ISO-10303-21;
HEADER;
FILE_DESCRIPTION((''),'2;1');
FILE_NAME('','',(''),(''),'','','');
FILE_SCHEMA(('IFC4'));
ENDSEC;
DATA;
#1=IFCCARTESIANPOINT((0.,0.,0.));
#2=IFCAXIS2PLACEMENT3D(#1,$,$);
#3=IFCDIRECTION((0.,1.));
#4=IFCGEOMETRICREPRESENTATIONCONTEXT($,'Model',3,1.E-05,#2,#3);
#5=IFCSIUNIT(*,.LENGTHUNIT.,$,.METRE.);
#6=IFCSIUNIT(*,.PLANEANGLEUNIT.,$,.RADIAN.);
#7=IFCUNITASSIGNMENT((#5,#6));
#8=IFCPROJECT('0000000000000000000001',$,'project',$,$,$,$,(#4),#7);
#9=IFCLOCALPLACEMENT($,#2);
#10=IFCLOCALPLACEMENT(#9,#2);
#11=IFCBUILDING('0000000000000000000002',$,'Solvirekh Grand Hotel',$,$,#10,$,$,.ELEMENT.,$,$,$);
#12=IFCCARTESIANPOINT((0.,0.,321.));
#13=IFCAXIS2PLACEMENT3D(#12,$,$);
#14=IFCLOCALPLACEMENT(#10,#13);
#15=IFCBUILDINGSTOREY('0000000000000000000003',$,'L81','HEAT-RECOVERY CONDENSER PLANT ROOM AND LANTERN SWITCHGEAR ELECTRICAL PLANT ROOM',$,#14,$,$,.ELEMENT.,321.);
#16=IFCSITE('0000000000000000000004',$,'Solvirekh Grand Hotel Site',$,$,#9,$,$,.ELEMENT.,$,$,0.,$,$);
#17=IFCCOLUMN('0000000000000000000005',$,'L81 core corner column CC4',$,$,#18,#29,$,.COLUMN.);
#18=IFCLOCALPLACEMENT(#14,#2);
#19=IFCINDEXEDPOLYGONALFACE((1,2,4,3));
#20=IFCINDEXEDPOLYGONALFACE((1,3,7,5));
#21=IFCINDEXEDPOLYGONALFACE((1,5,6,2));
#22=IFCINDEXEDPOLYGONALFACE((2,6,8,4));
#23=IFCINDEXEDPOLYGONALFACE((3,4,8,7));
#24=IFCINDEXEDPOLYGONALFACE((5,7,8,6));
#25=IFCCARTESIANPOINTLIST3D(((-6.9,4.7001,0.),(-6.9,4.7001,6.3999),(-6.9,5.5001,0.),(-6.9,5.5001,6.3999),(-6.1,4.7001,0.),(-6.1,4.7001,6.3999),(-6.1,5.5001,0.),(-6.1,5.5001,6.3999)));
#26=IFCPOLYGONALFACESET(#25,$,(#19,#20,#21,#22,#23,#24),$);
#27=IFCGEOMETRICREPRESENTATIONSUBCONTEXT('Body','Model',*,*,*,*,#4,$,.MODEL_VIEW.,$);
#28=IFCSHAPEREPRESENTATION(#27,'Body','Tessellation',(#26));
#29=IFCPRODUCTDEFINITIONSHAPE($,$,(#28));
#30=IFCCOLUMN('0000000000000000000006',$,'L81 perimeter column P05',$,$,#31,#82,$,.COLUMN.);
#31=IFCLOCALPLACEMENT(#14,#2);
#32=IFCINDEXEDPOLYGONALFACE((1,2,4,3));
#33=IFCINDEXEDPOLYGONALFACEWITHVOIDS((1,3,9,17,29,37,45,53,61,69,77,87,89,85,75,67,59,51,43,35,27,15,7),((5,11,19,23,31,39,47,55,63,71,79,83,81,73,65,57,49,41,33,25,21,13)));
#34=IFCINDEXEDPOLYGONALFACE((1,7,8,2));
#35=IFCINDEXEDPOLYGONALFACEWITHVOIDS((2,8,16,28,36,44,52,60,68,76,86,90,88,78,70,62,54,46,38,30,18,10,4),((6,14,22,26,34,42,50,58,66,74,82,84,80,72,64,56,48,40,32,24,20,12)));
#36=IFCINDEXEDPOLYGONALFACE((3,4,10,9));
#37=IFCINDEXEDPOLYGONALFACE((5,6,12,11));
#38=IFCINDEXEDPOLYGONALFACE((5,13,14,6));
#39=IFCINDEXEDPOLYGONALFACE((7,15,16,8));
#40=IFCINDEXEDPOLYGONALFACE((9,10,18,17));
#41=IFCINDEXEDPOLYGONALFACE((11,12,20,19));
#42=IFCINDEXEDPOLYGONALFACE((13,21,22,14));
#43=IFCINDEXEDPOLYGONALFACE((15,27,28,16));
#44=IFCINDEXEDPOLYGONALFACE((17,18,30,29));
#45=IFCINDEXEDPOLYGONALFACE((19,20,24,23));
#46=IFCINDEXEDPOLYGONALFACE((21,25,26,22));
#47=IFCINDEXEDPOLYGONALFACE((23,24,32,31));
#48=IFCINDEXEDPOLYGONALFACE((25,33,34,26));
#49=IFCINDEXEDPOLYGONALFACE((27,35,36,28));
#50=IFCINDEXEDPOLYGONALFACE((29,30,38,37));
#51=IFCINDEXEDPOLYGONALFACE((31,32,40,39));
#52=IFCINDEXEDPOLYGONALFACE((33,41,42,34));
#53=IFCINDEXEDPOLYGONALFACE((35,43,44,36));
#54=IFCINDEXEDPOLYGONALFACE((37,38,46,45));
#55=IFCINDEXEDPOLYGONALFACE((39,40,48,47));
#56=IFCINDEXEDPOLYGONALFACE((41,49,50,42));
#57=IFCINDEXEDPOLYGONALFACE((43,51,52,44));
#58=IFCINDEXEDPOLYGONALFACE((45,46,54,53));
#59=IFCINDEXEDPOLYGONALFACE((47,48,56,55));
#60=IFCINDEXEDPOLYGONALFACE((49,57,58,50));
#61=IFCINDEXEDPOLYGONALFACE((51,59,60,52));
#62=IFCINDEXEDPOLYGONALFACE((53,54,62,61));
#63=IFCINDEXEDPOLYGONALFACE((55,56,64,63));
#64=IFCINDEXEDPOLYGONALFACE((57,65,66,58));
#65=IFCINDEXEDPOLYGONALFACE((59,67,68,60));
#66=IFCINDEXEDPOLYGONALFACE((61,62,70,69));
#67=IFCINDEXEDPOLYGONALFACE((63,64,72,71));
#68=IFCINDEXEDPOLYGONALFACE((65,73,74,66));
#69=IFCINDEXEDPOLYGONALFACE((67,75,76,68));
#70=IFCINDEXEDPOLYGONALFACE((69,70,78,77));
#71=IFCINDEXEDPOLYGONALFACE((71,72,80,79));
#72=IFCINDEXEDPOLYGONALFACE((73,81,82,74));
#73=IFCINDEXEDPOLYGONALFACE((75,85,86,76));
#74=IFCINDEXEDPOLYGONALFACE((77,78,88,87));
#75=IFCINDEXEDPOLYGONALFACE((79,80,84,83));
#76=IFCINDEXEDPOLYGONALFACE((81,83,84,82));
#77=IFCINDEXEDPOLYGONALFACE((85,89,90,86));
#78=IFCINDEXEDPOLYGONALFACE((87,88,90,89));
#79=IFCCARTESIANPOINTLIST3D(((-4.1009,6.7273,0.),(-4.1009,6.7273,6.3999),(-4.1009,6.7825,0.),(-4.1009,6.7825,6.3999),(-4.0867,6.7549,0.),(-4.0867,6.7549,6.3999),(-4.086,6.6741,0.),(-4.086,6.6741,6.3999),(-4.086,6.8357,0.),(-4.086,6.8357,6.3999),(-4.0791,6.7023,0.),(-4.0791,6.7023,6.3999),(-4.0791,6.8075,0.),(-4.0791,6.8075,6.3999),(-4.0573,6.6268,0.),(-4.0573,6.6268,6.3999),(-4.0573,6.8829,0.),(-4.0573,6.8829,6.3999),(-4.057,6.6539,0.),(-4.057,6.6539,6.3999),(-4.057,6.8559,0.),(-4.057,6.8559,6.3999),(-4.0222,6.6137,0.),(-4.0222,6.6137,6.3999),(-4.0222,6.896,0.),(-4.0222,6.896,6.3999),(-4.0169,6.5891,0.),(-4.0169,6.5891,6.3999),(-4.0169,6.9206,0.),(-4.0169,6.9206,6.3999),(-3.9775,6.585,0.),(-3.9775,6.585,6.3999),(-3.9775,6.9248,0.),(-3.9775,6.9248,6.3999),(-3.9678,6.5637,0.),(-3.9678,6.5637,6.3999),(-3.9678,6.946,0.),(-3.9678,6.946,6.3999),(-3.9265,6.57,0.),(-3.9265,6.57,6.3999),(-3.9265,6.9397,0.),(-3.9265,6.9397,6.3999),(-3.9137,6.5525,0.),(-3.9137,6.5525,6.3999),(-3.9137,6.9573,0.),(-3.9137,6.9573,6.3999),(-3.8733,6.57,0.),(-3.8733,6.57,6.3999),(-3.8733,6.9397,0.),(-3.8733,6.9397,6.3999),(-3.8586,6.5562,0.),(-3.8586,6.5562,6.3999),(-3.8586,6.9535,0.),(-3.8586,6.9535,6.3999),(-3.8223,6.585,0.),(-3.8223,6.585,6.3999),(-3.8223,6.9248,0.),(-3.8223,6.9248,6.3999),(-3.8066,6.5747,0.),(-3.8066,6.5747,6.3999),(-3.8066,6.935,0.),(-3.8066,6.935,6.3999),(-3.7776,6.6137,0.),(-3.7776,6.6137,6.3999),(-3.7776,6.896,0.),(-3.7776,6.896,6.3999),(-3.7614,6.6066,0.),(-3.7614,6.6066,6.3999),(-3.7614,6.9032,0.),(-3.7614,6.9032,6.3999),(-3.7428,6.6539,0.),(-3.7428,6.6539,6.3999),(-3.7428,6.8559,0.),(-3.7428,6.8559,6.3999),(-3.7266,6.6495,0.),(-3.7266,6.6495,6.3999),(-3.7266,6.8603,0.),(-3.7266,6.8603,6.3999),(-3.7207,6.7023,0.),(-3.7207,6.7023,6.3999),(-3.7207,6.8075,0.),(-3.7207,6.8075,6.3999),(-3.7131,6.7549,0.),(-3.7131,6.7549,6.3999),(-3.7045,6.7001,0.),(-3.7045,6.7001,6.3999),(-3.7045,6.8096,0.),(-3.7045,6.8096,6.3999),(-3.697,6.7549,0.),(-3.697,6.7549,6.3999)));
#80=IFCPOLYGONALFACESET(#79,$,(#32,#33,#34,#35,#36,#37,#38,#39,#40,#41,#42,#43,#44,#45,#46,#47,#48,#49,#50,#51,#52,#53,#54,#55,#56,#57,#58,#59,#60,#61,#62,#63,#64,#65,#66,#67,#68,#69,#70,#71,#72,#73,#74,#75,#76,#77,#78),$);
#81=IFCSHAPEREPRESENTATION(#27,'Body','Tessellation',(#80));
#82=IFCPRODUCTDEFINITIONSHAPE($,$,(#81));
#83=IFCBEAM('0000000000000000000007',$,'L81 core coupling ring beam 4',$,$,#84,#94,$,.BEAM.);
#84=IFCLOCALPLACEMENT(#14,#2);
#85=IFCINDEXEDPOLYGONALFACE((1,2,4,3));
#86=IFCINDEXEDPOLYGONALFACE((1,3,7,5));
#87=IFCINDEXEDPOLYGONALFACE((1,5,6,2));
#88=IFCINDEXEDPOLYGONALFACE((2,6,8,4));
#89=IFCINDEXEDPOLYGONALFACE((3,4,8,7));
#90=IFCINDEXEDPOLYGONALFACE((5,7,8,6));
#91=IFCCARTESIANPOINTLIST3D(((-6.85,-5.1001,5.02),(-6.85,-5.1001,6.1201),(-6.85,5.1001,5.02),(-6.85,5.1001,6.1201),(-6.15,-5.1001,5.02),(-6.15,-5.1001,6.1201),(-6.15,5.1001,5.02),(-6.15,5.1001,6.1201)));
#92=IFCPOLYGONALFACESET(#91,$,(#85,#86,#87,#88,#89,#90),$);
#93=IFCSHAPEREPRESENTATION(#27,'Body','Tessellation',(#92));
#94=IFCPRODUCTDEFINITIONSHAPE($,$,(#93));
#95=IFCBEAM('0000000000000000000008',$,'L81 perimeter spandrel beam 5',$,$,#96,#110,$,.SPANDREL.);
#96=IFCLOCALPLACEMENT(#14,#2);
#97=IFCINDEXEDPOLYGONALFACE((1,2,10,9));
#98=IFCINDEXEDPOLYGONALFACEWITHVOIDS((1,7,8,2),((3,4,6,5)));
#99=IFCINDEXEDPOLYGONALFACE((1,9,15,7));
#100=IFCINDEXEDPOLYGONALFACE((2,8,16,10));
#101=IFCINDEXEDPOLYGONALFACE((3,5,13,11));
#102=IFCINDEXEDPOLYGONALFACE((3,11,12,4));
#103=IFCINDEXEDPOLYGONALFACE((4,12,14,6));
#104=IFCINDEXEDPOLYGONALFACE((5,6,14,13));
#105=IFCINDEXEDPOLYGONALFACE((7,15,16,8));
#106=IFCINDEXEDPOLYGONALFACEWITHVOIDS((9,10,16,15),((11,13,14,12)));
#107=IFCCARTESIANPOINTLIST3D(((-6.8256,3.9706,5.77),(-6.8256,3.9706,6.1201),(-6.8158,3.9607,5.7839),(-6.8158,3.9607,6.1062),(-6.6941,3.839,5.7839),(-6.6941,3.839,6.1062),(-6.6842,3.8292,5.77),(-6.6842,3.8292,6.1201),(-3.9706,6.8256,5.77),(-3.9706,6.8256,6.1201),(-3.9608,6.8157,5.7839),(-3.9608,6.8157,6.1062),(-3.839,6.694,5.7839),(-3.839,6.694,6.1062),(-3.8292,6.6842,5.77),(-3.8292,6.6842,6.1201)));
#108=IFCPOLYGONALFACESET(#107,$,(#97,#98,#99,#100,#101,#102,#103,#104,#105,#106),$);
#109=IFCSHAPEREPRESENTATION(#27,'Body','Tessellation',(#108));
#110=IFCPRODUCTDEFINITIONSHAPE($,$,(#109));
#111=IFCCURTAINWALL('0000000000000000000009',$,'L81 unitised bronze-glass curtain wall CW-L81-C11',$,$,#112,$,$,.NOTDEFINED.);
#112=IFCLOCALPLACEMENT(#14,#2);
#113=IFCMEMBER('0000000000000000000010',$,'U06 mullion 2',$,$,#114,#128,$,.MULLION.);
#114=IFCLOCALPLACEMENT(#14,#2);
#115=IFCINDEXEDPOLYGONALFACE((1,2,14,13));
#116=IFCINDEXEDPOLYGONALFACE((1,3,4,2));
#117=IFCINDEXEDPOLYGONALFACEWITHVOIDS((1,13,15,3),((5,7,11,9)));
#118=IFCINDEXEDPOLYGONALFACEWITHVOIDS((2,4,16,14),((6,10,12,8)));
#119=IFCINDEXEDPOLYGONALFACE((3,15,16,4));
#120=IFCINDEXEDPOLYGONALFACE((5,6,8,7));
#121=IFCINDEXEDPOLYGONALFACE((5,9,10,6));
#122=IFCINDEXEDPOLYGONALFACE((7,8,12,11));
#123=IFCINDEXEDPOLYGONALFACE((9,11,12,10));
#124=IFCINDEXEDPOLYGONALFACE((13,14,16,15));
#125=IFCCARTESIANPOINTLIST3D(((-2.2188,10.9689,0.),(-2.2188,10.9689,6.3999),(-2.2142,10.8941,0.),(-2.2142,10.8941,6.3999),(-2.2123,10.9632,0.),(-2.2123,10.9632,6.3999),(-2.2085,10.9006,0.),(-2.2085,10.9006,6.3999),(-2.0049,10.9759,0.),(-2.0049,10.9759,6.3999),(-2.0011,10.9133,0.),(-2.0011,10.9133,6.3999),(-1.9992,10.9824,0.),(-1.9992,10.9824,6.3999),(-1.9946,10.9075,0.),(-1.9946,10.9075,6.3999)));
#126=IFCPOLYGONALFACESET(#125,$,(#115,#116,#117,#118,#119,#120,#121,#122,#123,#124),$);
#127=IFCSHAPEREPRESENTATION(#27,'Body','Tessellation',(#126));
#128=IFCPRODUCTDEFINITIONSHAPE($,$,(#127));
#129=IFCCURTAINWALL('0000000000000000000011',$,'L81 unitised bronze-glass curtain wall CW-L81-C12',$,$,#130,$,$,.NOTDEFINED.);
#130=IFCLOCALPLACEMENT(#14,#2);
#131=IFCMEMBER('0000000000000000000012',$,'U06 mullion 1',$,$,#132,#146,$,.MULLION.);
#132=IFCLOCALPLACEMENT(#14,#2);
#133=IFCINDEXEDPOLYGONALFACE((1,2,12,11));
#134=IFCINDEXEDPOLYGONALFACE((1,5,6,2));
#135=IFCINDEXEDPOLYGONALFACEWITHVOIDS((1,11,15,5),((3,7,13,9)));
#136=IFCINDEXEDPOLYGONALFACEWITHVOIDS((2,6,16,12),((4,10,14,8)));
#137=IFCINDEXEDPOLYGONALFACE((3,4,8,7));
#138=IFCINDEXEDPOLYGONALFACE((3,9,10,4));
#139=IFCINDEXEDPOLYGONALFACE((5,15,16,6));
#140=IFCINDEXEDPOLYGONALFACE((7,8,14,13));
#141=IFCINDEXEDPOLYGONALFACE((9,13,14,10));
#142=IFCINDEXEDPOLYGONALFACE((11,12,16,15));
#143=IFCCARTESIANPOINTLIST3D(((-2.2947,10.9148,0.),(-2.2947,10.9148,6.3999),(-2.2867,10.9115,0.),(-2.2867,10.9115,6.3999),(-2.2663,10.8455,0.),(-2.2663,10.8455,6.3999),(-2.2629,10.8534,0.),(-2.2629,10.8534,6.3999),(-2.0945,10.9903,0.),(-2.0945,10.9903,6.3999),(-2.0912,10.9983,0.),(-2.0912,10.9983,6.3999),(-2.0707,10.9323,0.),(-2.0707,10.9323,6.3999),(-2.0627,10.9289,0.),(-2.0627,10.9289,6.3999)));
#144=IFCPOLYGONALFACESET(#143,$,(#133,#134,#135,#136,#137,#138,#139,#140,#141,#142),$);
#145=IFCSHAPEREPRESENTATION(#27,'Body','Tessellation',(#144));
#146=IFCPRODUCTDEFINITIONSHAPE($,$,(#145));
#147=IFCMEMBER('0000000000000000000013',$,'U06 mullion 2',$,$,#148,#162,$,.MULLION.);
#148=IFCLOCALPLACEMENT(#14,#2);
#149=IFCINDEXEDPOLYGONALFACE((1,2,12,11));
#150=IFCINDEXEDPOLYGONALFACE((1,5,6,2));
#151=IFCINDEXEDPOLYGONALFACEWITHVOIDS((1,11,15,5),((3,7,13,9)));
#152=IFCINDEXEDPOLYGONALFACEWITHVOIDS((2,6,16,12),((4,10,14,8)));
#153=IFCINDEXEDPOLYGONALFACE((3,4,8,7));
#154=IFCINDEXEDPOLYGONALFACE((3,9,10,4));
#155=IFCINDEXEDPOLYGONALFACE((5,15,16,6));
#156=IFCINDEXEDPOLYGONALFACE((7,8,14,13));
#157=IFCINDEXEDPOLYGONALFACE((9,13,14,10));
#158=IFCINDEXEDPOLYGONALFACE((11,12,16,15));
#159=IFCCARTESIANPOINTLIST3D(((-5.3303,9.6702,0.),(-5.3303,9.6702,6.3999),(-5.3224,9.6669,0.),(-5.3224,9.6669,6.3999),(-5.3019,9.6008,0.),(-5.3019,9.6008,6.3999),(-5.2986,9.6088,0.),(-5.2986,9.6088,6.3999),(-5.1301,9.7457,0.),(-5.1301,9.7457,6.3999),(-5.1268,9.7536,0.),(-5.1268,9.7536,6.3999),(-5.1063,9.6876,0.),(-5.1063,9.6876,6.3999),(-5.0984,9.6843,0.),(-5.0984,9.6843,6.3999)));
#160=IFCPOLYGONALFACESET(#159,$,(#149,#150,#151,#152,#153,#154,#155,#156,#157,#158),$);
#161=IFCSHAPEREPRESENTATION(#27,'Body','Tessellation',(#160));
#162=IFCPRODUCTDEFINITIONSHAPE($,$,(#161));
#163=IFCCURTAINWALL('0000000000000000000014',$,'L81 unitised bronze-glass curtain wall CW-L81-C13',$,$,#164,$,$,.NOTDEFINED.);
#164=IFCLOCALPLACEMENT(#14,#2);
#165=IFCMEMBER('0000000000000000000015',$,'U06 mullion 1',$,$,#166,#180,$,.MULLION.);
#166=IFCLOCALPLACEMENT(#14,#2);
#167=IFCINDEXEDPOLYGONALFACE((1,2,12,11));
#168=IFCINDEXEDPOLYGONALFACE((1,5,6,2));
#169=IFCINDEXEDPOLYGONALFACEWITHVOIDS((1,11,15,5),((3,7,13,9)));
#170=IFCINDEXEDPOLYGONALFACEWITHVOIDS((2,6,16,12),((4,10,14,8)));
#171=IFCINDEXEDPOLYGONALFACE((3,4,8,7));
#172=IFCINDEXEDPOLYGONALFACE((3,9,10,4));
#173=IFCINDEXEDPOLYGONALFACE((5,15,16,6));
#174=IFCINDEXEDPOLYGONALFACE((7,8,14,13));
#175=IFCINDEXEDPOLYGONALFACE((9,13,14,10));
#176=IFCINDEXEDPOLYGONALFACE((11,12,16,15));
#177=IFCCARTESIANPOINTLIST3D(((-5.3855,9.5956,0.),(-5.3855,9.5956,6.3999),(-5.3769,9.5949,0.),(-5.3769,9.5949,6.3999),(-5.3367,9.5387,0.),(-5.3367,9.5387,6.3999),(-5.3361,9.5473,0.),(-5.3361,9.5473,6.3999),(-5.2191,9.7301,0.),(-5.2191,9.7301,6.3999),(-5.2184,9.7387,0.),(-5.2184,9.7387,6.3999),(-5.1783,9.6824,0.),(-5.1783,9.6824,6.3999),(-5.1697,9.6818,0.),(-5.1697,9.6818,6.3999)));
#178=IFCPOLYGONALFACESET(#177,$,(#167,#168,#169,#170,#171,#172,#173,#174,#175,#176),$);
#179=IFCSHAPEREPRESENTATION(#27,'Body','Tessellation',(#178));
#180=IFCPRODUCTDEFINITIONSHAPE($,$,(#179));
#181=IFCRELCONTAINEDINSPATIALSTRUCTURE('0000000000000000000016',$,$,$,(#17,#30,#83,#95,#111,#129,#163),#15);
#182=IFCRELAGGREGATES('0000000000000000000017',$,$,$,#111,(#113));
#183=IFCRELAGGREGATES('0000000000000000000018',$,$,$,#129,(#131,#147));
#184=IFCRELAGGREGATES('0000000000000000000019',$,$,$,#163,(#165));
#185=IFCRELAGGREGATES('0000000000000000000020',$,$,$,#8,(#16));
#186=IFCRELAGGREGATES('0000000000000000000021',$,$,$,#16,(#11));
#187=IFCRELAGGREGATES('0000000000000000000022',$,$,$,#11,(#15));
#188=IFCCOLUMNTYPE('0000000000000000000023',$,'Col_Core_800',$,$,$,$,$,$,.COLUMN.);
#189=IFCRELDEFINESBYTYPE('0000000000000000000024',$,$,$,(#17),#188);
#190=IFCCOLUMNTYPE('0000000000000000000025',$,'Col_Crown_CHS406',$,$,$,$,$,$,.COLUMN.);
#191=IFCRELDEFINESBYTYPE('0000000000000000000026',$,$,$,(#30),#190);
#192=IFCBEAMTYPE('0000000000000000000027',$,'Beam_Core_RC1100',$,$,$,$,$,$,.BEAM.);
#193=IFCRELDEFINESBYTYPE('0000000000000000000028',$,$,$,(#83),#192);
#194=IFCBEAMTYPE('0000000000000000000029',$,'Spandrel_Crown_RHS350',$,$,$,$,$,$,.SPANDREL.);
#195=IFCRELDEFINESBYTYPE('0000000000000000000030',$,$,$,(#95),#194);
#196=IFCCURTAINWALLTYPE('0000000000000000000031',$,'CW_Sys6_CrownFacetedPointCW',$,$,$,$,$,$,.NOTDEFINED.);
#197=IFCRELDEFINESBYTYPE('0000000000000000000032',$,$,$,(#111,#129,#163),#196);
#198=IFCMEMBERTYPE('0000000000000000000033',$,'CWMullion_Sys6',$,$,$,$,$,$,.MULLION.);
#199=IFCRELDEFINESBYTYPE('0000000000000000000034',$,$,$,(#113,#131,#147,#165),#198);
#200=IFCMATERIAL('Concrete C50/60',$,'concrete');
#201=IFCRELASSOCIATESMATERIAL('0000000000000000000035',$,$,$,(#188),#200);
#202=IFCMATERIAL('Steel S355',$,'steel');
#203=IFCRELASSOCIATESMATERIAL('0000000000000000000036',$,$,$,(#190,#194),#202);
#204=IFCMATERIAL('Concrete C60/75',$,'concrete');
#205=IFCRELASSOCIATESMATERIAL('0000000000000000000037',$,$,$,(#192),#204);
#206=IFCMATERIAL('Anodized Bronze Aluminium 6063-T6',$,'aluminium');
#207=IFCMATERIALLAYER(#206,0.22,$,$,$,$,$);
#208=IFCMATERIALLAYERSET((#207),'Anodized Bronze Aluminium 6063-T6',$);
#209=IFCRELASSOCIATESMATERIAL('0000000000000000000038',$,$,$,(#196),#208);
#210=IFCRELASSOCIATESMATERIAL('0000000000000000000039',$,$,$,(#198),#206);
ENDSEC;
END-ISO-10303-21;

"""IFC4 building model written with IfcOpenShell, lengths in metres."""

from ifc_helpers import new_model, si_unit, direction, frame, origin, origin_2d, place, context, subcontext, project, spatial, rectangle, hollow_rectangle, hollow_circle, extrude, source, transform, mapped, material, layer, layer_set, material_profile, profile_set, type_object, element, aggregate, save


model = new_model("IFC4")

# Units and contexts
model_context = context("Model", 3, precision=1e-05, world=origin(), true_north=direction((0.0, 1.0)))
body_context = subcontext(model_context, "Body", "Model", "MODEL_VIEW")
ifc_project = project(units=[si_unit("LENGTHUNIT", "METRE"), si_unit("PLANEANGLEUNIT", "RADIAN")], contexts=[model_context])

# Site, building, storey
site_placement = place(None, origin())
site = spatial("IfcSite", under=ifc_project, at=site_placement, Name="Solvirekh Grand Hotel Site", CompositionType="ELEMENT", RefElevation=0.0)
building_placement = place(site_placement, origin())
building = spatial("IfcBuilding", under=site, at=building_placement, Name="Solvirekh Grand Hotel", CompositionType="ELEMENT")
storey_placement = place(building_placement, frame((0.0, 0.0, 321.0)))
storey = spatial("IfcBuildingStorey", under=building, at=storey_placement, Name="L81", Description="HEAT-RECOVERY CONDENSER PLANT ROOM AND LANTERN SWITCHGEAR ELECTRICAL PLANT ROOM", CompositionType="ELEMENT", Elevation=321.0)

# Columns
ifc_material_1 = material(Name="Concrete C50/60", Category="concrete")
ifc_material_profile_1 = material_profile(ifc_material_1, rectangle(XDim=0.8, YDim=0.8, at=origin_2d()), Name="RC 800X800")
ifc_profile_set_1 = profile_set([ifc_material_profile_1], Name="Concrete C50/60")
column_type_1 = type_object("IfcColumnType", Name="Col_Core_800", PredefinedType="COLUMN", material=ifc_profile_set_1)
column_1_placement = place(storey_placement, frame((-6.5, 5.1001, 0.0), z_axis=(0.0, 0.0, 1.0), x_axis=(1.0, 0.0, 0.0)))
element("IfcColumn", 1, at=column_1_placement, inside=storey, type_object=column_type_1, Name="L81 core corner column CC4", PredefinedType="COLUMN", context=body_context, shape_type="SweptSolid", body=[
    extrude(rectangle(XDim=0.8, YDim=0.8, at=origin_2d()), origin(), (0.0, 0.0, 1.0), 6.3999),
])
ifc_material_2 = material(Name="Steel S355", Category="steel")
ifc_material_profile_2 = material_profile(ifc_material_2, hollow_circle(Radius=0.2029, WallThickness=0.0161, at=origin_2d()), Name="CHS 406X16")
ifc_profile_set_2 = profile_set([ifc_material_profile_2], Name="Steel S355")
column_type_2 = type_object("IfcColumnType", Name="Col_Crown_CHS406", PredefinedType="COLUMN", material=ifc_profile_set_2)
column_2_placement = place(storey_placement, frame((-3.8999, 6.7549, 0.0), z_axis=(0.0, 0.0, 1.0), x_axis=(1.0, 0.0, 0.0)))
element("IfcColumn", 2, at=column_2_placement, inside=storey, type_object=column_type_2, Name="L81 perimeter column P05", PredefinedType="COLUMN", context=body_context, shape_type="SweptSolid", body=[
    extrude(hollow_circle(Radius=0.2029, WallThickness=0.0161, at=origin_2d()), origin(), (0.0, 0.0, 1.0), 6.3999),
])

# Beams
ifc_material_3 = material(Name="Concrete C60/75", Category="concrete")
ifc_material_profile_3 = material_profile(ifc_material_3, rectangle(XDim=0.7, YDim=1.1001, at=origin_2d()), Name="RC BEAM 700X1100")
ifc_profile_set_3 = profile_set([ifc_material_profile_3], Name="Concrete C60/75")
beam_type_1 = type_object("IfcBeamType", Name="Beam_Core_RC1100", PredefinedType="BEAM", material=ifc_profile_set_3)
beam_1_placement = place(storey_placement, frame((-6.5, 5.1001, 5.5701), z_axis=(0.0, -1.0, 0.0), x_axis=(1.0, 0.0, 0.0)))
element("IfcBeam", 3, at=beam_1_placement, inside=storey, type_object=beam_type_1, Name="L81 core coupling ring beam 4", PredefinedType="BEAM", context=body_context, shape_type="SweptSolid", body=[
    extrude(rectangle(XDim=0.7, YDim=1.1001, at=origin_2d()), origin(), (0.0, 0.0, 1.0), 10.2002),
])
ifc_material_profile_4 = material_profile(ifc_material_2, hollow_rectangle(XDim=0.2, YDim=0.3501, WallThickness=0.0139, at=origin_2d()), Name="RHS 350X200X14")
ifc_profile_set_4 = profile_set([ifc_material_profile_4], Name="Steel S355")
beam_type_2 = type_object("IfcBeamType", Name="Spandrel_Crown_RHS350", PredefinedType="SPANDREL", material=ifc_profile_set_4)
beam_2_placement = place(storey_placement, frame((-3.8999, 6.7549, 5.9451), z_axis=(-0.707107, -0.707107, 0.0), x_axis=(0.707107, -0.707107, 0.0)))
element("IfcBeam", 4, at=beam_2_placement, inside=storey, type_object=beam_type_2, Name="L81 perimeter spandrel beam 5", PredefinedType="SPANDREL", context=body_context, shape_type="SweptSolid", body=[
    extrude(hollow_rectangle(XDim=0.2, YDim=0.3501, WallThickness=0.0139, at=origin_2d()), origin(), (0.0, 0.0, 1.0), 4.0376),
])

# Curtain wall, member
ifc_material_4 = material(Name="Anodized Bronze Aluminium 6063-T6", Category="aluminium")
ifc_layer_1 = layer(ifc_material_4, 0.22)
ifc_layer_set_1 = layer_set([ifc_layer_1], Name="Anodized Bronze Aluminium 6063-T6")
curtain_wall_type = type_object("IfcCurtainWallType", Name="CW_Sys6_CrownFacetedPointCW", PredefinedType="NOTDEFINED", material=ifc_layer_set_1)
curtain_wall_1_placement = place(storey_placement, origin())
curtain_wall_1 = element("IfcCurtainWall", 5, at=curtain_wall_1_placement, inside=storey, type_object=curtain_wall_type, Name="L81 unitised bronze-glass curtain wall CW-L81-C11", PredefinedType="NOTDEFINED")
ifc_material_profile_5 = material_profile(ifc_material_4, hollow_rectangle(XDim=0.075, YDim=0.22, WallThickness=0.0061, at=origin_2d()), Name="ALU RHS 220X75X6")
ifc_profile_set_5 = profile_set([ifc_material_profile_5], Name="Anodized Bronze Aluminium 6063-T6")
member_type_1 = type_object("IfcMemberType", Name="CWMullion_Sys6", PredefinedType="MULLION", material=ifc_profile_set_5)
shared_shape_1 = source(origin(), body_context, "Body", "SweptSolid", [
    extrude(hollow_rectangle(XDim=0.075, YDim=0.22, WallThickness=0.0061, at=origin_2d()), origin(), (0.0, 0.0, 1.0), 6.3999),
])
member_1_placement = place(storey_placement, frame((-2.1067, 10.9382, 0.0), z_axis=(0.0, 0.0, 1.0), x_axis=(0.061122, -0.99813, 0.0)))
member_1 = element("IfcMember", 6, at=member_1_placement, type_object=member_type_1, Name="U06 mullion 2", PredefinedType="MULLION", context=body_context, shape_type="MappedRepresentation", body=[
    mapped(shared_shape_1, transform((0.0, 0.0, 0.0), x_axis=(1.0, 0.0, 0.0), y_axis=(0.0, 1.0, 0.0), z_axis=(0.0, 0.0, 1.0), scale=1.0)),
])

# Curtain walls, members
curtain_wall_2_placement = place(storey_placement, origin())
curtain_wall_2 = element("IfcCurtainWall", 7, at=curtain_wall_2_placement, inside=storey, type_object=curtain_wall_type, Name="L81 unitised bronze-glass curtain wall CW-L81-C12", PredefinedType="NOTDEFINED")
member_2_placement = place(storey_placement, frame((-2.1787, 10.9219, 0.0), z_axis=(0.0, 0.0, 1.0), x_axis=(0.379341, -0.925257, 0.0)))
member_2 = element("IfcMember", 8, at=member_2_placement, type_object=member_type_1, Name="U06 mullion 1", PredefinedType="MULLION", context=body_context, shape_type="MappedRepresentation", body=[
    mapped(shared_shape_1, transform((0.0, 0.0, 0.0), x_axis=(1.0, 0.0, 0.0), y_axis=(0.0, 1.0, 0.0), z_axis=(0.0, 0.0, 1.0), scale=1.0)),
])
member_3_placement = place(storey_placement, frame((-5.2144, 9.6772, 0.0), z_axis=(0.0, 0.0, 1.0), x_axis=(0.379341, -0.925257, 0.0)))
member_3 = element("IfcMember", 9, at=member_3_placement, type_object=member_type_1, Name="U06 mullion 2", PredefinedType="MULLION", context=body_context, shape_type="MappedRepresentation", body=[
    mapped(shared_shape_1, transform((0.0, 0.0, 0.0), x_axis=(1.0, 0.0, 0.0), y_axis=(0.0, 1.0, 0.0), z_axis=(0.0, 0.0, 1.0), scale=1.0)),
])
curtain_wall_3_placement = place(storey_placement, origin())
curtain_wall_3 = element("IfcCurtainWall", 10, at=curtain_wall_3_placement, inside=storey, type_object=curtain_wall_type, Name="L81 unitised bronze-glass curtain wall CW-L81-C13", PredefinedType="NOTDEFINED")
member_4_placement = place(storey_placement, frame((-5.2776, 9.6387, 0.0), z_axis=(0.0, 0.0, 1.0), x_axis=(0.650477, -0.759526, 0.0)))
member_4 = element("IfcMember", 11, at=member_4_placement, type_object=member_type_1, Name="U06 mullion 1", PredefinedType="MULLION", context=body_context, shape_type="MappedRepresentation", body=[
    mapped(shared_shape_1, transform((0.0, 0.0, 0.0), x_axis=(1.0, 0.0, 0.0), y_axis=(0.0, 1.0, 0.0), z_axis=(0.0, 0.0, 1.0), scale=1.0)),
])

aggregate(curtain_wall_1, [member_1])
aggregate(curtain_wall_2, [member_2, member_3])
aggregate(curtain_wall_3, [member_4])

save(model, "model.ifc")
